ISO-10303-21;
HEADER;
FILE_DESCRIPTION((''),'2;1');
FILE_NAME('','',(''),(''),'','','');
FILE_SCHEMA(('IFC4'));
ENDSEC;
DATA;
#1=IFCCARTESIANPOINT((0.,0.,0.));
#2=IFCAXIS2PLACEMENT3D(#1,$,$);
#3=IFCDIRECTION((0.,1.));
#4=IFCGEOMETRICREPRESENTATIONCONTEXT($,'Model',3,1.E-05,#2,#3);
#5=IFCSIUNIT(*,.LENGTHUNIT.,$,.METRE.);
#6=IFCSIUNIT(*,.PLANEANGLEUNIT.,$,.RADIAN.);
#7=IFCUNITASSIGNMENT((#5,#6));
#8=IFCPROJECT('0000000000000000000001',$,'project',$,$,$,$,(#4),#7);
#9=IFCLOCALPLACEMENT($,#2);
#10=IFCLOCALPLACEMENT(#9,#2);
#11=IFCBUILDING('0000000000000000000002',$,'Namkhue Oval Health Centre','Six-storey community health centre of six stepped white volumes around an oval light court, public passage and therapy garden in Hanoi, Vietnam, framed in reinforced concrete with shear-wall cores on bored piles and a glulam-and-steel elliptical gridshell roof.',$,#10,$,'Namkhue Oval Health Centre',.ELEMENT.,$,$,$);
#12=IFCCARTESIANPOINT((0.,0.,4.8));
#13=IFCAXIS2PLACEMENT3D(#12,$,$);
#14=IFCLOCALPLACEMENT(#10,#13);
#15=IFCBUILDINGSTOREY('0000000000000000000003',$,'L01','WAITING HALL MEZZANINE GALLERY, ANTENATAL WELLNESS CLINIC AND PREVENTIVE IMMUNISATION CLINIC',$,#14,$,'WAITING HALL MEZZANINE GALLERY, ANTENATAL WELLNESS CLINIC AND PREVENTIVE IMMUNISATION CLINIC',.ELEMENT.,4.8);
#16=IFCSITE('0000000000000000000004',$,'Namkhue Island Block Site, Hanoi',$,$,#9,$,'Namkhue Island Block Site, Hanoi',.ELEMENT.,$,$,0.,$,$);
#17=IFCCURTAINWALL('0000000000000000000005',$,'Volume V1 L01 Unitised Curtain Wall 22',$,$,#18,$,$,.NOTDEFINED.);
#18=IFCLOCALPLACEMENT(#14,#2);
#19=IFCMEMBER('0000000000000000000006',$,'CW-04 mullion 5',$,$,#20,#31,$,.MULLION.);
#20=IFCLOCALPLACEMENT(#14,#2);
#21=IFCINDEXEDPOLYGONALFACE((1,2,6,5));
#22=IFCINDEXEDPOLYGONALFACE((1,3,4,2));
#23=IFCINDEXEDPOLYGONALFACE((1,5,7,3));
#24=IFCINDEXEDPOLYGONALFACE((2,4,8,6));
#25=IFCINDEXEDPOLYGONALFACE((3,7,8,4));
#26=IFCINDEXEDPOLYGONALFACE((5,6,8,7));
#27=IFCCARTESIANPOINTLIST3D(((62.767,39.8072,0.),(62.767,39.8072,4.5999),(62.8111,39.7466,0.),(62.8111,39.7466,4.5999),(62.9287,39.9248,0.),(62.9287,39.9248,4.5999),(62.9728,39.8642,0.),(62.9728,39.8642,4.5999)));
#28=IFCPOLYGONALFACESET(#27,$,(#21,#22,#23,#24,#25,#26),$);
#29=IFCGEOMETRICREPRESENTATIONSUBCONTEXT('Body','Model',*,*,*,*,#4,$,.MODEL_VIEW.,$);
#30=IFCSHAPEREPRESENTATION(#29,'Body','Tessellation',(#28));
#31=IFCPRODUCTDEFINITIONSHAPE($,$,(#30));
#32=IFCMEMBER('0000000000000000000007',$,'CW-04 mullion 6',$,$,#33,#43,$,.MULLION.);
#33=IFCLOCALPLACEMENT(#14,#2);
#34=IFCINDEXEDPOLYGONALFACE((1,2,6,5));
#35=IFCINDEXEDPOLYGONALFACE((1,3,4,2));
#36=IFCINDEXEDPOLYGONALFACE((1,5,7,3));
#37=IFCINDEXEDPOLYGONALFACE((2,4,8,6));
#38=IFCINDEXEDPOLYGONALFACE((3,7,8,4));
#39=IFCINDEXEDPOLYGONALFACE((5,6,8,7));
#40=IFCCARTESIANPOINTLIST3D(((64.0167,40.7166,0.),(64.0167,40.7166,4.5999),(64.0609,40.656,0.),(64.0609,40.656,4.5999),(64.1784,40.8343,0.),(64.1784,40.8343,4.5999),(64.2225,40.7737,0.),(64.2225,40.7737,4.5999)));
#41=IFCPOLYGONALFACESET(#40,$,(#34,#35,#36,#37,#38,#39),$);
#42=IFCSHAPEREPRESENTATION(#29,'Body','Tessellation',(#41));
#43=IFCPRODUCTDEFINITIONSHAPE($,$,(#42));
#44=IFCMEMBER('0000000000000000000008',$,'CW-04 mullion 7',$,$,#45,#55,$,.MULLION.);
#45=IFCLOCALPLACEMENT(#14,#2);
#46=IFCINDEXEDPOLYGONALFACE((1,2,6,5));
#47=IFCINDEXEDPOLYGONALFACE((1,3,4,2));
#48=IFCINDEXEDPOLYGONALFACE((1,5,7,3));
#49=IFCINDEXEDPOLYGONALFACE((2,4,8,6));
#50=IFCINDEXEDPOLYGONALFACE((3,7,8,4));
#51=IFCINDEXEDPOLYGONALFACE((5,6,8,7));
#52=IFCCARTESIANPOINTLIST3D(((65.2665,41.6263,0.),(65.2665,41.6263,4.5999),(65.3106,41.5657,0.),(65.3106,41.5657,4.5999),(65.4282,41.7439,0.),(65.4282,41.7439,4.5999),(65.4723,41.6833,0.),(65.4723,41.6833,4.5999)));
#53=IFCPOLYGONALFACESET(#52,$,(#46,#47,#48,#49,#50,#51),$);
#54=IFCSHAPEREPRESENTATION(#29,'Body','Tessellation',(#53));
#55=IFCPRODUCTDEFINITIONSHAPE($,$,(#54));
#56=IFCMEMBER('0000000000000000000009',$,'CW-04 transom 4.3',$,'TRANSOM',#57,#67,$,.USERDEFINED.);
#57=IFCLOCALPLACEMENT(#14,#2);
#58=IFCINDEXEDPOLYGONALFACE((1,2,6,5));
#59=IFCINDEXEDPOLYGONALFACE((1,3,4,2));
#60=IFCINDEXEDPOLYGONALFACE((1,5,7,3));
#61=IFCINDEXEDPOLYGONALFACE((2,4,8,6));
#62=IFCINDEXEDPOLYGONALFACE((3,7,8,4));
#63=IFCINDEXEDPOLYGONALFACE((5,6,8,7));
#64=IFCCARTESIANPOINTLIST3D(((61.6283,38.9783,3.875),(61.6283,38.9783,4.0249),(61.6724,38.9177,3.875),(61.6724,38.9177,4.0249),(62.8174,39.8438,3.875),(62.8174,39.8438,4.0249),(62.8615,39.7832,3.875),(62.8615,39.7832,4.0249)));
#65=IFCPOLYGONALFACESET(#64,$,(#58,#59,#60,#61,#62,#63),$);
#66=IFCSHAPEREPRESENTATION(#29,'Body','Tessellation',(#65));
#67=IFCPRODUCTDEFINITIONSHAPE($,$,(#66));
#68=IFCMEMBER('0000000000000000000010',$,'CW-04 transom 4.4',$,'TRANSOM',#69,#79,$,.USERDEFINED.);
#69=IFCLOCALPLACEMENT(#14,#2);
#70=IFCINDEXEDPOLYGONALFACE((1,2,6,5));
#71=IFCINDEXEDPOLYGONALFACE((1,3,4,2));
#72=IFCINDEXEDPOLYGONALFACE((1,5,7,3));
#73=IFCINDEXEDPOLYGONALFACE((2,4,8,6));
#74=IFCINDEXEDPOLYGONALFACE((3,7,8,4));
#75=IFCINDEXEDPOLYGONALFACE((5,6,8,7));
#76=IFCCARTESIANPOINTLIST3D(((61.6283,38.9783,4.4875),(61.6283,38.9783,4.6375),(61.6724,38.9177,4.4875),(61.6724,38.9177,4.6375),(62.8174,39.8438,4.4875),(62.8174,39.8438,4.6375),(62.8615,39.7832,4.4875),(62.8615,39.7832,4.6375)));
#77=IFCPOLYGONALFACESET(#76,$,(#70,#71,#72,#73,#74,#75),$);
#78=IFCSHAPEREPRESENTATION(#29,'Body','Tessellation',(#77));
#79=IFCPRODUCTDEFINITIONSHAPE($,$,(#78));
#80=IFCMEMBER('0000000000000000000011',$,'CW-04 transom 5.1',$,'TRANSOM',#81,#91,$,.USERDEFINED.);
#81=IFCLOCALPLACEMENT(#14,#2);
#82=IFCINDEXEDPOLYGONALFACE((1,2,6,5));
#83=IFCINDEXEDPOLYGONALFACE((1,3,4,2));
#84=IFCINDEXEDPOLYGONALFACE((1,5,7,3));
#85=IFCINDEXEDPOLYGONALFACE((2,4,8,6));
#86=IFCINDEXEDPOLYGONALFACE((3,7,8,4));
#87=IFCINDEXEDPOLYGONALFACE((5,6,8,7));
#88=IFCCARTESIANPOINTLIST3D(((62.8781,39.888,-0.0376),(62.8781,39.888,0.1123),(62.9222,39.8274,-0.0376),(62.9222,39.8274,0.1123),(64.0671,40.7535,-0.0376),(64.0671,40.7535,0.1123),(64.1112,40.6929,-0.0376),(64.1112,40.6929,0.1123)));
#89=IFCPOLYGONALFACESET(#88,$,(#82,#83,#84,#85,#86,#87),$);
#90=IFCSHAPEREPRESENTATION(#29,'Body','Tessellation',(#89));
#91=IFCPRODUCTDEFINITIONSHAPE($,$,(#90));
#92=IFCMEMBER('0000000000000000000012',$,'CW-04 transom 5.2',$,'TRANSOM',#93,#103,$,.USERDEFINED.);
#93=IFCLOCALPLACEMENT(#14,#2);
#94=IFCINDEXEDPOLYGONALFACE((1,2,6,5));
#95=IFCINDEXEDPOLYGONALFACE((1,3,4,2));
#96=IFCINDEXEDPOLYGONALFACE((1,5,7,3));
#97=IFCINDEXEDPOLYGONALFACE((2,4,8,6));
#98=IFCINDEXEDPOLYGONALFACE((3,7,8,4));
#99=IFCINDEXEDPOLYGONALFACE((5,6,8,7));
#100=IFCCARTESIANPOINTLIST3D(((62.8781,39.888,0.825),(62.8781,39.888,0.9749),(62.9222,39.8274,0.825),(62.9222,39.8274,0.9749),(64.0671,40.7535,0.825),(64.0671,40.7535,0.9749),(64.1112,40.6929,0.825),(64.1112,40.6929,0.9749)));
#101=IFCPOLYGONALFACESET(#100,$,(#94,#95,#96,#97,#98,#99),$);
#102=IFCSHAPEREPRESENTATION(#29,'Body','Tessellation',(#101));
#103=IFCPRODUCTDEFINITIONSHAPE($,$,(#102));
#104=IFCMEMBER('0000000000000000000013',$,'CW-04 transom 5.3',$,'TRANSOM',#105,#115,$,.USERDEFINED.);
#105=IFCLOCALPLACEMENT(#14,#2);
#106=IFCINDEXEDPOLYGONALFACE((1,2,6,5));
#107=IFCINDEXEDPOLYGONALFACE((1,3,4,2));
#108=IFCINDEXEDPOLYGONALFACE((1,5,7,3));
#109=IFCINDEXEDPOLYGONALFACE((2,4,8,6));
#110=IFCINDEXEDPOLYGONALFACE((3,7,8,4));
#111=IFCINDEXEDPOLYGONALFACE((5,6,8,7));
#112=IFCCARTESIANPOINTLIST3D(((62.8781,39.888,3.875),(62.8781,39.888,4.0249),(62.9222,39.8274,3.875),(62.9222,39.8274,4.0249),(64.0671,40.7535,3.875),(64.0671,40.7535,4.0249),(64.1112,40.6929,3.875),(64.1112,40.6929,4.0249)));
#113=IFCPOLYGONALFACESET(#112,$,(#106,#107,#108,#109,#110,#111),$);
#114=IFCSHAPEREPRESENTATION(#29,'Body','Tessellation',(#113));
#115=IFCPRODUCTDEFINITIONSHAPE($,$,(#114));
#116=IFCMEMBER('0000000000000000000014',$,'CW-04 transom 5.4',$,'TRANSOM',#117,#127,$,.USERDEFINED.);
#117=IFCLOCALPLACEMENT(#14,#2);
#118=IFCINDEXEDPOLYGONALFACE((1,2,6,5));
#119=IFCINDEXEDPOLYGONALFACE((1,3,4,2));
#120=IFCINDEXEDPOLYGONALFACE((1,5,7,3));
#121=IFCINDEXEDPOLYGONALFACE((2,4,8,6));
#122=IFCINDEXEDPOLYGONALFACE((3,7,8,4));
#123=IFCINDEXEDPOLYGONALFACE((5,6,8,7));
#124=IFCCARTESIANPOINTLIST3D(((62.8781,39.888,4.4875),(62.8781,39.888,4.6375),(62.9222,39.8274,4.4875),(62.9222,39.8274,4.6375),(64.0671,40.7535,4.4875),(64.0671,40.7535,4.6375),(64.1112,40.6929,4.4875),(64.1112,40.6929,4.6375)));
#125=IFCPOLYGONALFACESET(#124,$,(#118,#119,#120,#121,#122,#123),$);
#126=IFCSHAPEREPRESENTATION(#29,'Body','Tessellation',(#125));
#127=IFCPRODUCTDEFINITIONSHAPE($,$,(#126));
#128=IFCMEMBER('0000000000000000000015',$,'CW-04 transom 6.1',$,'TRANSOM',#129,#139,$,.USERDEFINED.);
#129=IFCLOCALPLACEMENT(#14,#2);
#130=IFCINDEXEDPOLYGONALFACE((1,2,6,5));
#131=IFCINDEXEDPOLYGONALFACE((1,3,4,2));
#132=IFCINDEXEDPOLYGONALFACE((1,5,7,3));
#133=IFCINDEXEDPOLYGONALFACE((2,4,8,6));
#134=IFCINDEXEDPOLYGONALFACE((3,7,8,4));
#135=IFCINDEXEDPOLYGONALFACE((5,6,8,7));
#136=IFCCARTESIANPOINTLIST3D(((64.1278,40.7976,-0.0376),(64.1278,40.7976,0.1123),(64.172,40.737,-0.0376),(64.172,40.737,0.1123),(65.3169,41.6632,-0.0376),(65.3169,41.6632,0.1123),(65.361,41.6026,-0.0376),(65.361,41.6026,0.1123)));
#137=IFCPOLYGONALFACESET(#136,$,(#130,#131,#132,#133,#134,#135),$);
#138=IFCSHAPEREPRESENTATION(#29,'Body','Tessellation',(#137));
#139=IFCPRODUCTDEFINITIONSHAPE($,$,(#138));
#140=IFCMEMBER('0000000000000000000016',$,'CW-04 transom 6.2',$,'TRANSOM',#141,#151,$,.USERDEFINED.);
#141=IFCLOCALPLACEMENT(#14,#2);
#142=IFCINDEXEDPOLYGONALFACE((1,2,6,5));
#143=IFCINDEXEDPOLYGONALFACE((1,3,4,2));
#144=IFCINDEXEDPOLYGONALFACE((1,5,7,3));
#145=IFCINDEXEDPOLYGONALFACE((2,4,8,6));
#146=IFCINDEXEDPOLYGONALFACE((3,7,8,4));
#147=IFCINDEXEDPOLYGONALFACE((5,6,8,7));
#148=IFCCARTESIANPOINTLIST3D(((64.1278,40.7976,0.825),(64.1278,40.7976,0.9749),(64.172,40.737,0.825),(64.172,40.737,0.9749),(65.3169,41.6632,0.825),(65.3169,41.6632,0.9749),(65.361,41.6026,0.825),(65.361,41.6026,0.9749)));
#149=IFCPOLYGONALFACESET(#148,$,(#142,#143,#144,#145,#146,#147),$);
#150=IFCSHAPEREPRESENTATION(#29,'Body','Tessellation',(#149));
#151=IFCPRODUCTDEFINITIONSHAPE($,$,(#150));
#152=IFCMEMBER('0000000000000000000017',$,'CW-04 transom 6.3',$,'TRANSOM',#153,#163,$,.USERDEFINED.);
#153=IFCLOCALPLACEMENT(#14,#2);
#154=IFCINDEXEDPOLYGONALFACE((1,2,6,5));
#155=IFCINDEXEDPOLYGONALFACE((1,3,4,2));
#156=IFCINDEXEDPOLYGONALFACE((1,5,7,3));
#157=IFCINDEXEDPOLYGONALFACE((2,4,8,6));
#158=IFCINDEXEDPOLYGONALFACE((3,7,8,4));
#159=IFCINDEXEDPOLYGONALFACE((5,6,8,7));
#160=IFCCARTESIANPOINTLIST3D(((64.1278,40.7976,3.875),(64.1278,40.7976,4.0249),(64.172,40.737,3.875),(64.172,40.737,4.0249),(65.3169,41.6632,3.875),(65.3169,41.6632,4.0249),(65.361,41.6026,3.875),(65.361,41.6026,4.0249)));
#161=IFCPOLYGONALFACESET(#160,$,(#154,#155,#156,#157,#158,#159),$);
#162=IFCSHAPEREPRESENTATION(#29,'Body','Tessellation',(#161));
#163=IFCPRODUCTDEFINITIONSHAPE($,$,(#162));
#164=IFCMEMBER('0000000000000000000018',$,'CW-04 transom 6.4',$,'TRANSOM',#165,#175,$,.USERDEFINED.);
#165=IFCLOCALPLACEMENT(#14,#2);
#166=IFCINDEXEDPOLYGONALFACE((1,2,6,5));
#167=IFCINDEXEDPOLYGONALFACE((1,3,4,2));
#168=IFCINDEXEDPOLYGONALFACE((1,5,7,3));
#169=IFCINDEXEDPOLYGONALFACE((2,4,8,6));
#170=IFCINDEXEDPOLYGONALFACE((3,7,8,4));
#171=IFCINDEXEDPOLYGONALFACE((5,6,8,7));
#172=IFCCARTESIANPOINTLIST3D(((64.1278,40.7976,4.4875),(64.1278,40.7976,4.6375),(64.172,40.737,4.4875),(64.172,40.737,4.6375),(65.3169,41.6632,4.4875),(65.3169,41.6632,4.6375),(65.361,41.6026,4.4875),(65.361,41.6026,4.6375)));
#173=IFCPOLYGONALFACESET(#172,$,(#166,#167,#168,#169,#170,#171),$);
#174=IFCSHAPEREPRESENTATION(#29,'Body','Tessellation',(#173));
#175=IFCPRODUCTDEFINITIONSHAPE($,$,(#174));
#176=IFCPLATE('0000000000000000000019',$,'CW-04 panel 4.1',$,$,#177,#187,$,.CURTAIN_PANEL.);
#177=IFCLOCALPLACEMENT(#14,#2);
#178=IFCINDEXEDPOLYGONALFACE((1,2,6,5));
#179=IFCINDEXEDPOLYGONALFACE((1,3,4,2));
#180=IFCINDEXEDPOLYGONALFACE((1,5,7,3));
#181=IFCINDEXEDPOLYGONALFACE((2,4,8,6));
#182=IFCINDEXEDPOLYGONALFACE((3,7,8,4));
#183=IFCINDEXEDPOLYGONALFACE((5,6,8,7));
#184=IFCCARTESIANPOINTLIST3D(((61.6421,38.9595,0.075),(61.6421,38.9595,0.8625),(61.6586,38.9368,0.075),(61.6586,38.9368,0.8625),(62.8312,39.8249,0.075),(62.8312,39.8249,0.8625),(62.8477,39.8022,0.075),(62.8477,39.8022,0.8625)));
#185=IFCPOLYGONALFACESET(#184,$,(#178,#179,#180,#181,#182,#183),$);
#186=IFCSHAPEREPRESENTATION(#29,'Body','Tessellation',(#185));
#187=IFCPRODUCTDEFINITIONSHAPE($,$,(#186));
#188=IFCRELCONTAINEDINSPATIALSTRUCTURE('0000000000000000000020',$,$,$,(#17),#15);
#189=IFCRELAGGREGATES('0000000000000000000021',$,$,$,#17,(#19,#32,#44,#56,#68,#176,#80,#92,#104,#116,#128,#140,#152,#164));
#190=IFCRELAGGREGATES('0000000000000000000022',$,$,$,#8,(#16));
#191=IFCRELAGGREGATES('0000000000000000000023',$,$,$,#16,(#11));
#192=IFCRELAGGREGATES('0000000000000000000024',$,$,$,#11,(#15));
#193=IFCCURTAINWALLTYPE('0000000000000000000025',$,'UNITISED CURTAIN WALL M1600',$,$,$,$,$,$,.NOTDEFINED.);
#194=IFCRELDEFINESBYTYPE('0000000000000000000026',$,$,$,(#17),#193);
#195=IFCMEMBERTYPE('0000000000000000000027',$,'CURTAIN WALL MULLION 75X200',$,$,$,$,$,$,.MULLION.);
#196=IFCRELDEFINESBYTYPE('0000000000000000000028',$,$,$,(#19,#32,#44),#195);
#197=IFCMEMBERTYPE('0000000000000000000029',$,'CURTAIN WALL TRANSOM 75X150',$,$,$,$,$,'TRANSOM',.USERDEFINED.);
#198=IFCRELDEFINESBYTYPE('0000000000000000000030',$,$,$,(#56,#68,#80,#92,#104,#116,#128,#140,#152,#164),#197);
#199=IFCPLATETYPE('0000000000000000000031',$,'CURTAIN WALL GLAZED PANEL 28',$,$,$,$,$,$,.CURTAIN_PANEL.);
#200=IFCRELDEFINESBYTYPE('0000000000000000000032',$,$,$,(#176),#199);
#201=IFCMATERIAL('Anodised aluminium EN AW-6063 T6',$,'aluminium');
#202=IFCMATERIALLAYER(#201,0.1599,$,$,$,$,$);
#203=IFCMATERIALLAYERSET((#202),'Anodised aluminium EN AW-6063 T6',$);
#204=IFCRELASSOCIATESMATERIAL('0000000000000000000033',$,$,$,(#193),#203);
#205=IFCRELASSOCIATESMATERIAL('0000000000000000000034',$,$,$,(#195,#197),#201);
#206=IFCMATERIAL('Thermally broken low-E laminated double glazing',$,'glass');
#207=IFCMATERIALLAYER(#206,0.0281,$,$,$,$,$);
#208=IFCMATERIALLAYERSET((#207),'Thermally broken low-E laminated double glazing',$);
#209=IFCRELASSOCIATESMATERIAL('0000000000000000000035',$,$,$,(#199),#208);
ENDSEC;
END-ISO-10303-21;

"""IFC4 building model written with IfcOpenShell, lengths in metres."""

from ifc_helpers import new_model, si_unit, direction, frame, origin, origin_2d, place, context, subcontext, project, spatial, rectangle, extrude, material, layer, layer_set, material_profile, profile_set, type_object, element, aggregate, save


model = new_model("IFC4")

# Units and contexts
model_context = context("Model", 3, precision=1e-05, world=origin(), true_north=direction((0.0, 1.0)))
body_context = subcontext(model_context, "Body", "Model", "MODEL_VIEW")
ifc_project = project(units=[si_unit("LENGTHUNIT", "METRE"), si_unit("PLANEANGLEUNIT", "RADIAN")], contexts=[model_context])

# Site, building, storey
site_placement = place(None, origin())
site = spatial("IfcSite", under=ifc_project, at=site_placement, Name="Namkhue Island Block Site, Hanoi", LongName="Namkhue Island Block Site, Hanoi", CompositionType="ELEMENT", RefElevation=0.0)
building_placement = place(site_placement, origin())
building = spatial("IfcBuilding", under=site, at=building_placement, Name="Namkhue Oval Health Centre", Description="Six-storey community health centre of six stepped white volumes around an oval light court, public passage and therapy garden in Hanoi, Vietnam, framed in reinforced concrete with shear-wall cores on bored piles and a glulam-and-steel elliptical gridshell roof.", LongName="Namkhue Oval Health Centre", CompositionType="ELEMENT")
storey_placement = place(building_placement, frame((0.0, 0.0, 4.8)))
storey = spatial("IfcBuildingStorey", under=building, at=storey_placement, Name="L01", Description="WAITING HALL MEZZANINE GALLERY, ANTENATAL WELLNESS CLINIC AND PREVENTIVE IMMUNISATION CLINIC", LongName="WAITING HALL MEZZANINE GALLERY, ANTENATAL WELLNESS CLINIC AND PREVENTIVE IMMUNISATION CLINIC", CompositionType="ELEMENT", Elevation=4.8)

# Curtain wall, members, plate
ifc_material_1 = material(Name="Anodised aluminium EN AW-6063 T6", Category="aluminium")
ifc_layer_1 = layer(ifc_material_1, 0.1599)
ifc_layer_set_1 = layer_set([ifc_layer_1], Name="Anodised aluminium EN AW-6063 T6")
curtain_wall_type = type_object("IfcCurtainWallType", Name="UNITISED CURTAIN WALL M1600", PredefinedType="NOTDEFINED", material=ifc_layer_set_1)
curtain_wall_placement = place(storey_placement, origin())
curtain_wall = element("IfcCurtainWall", 1, at=curtain_wall_placement, inside=storey, type_object=curtain_wall_type, Name="Volume V1 L01 Unitised Curtain Wall 22", PredefinedType="NOTDEFINED")
ifc_material_profile_1 = material_profile(ifc_material_1, rectangle(XDim=0.075, YDim=0.2, at=origin_2d()), Name="ALU 75x200")
ifc_profile_set_1 = profile_set([ifc_material_profile_1], Name="Anodised aluminium EN AW-6063 T6")
member_type_1 = type_object("IfcMemberType", Name="CURTAIN WALL MULLION 75X200", PredefinedType="MULLION", material=ifc_profile_set_1)
member_1_placement = place(storey_placement, frame((62.8699, 39.8357, 0.0), z_axis=(0.0, 0.0, 1.0), x_axis=(-0.588477, 0.808514, 0.0)))
member_1 = element("IfcMember", 2, at=member_1_placement, type_object=member_type_1, Name="CW-04 mullion 5", PredefinedType="MULLION", context=body_context, shape_type="SweptSolid", body=[
    extrude(rectangle(XDim=0.075, YDim=0.2, at=origin_2d()), origin(), (0.0, 0.0, 1.0), 4.5999),
])
member_2_placement = place(storey_placement, frame((64.1196, 40.7451, 0.0), z_axis=(0.0, 0.0, 1.0), x_axis=(-0.588477, 0.808514, 0.0)))
member_2 = element("IfcMember", 3, at=member_2_placement, type_object=member_type_1, Name="CW-04 mullion 6", PredefinedType="MULLION", context=body_context, shape_type="SweptSolid", body=[
    extrude(rectangle(XDim=0.075, YDim=0.2, at=origin_2d()), origin(), (0.0, 0.0, 1.0), 4.5999),
])
member_3_placement = place(storey_placement, frame((65.3694, 41.6548, 0.0), z_axis=(0.0, 0.0, 1.0), x_axis=(-0.588477, 0.808514, 0.0)))
member_3 = element("IfcMember", 4, at=member_3_placement, type_object=member_type_1, Name="CW-04 mullion 7", PredefinedType="MULLION", context=body_context, shape_type="SweptSolid", body=[
    extrude(rectangle(XDim=0.075, YDim=0.2, at=origin_2d()), origin(), (0.0, 0.0, 1.0), 4.5999),
])
ifc_material_profile_2 = material_profile(ifc_material_1, rectangle(XDim=0.075, YDim=0.1499, at=origin_2d()), Name="ALU 75x150")
ifc_profile_set_2 = profile_set([ifc_material_profile_2], Name="Anodised aluminium EN AW-6063 T6")
member_type_2 = type_object("IfcMemberType", Name="CURTAIN WALL TRANSOM 75X150", ElementType="TRANSOM", PredefinedType="USERDEFINED", material=ifc_profile_set_2)
member_4_placement = place(storey_placement, frame((61.6504, 38.948, 3.95), z_axis=(0.808485, 0.588517, 0.0), x_axis=(-0.588517, 0.808485, 0.0)))
member_4 = element("IfcMember", 5, at=member_4_placement, type_object=member_type_2, Name="CW-04 transom 4.3", ObjectType="TRANSOM", PredefinedType="USERDEFINED", context=body_context, shape_type="SweptSolid", body=[
    extrude(rectangle(XDim=0.075, YDim=0.1499, at=origin_2d()), origin(), (0.0, 0.0, 1.0), 1.4707),
])
member_5_placement = place(storey_placement, frame((61.6504, 38.948, 4.5625), z_axis=(0.808485, 0.588517, 0.0), x_axis=(-0.588517, 0.808485, 0.0)))
member_5 = element("IfcMember", 6, at=member_5_placement, type_object=member_type_2, Name="CW-04 transom 4.4", ObjectType="TRANSOM", PredefinedType="USERDEFINED", context=body_context, shape_type="SweptSolid", body=[
    extrude(rectangle(XDim=0.075, YDim=0.1499, at=origin_2d()), origin(), (0.0, 0.0, 1.0), 1.4707),
])
member_6_placement = place(storey_placement, frame((62.9001, 39.8577, 0.0374), z_axis=(0.808485, 0.588517, 0.0), x_axis=(-0.588517, 0.808485, 0.0)))
member_6 = element("IfcMember", 7, at=member_6_placement, type_object=member_type_2, Name="CW-04 transom 5.1", ObjectType="TRANSOM", PredefinedType="USERDEFINED", context=body_context, shape_type="SweptSolid", body=[
    extrude(rectangle(XDim=0.075, YDim=0.1499, at=origin_2d()), origin(), (0.0, 0.0, 1.0), 1.4707),
])
member_7_placement = place(storey_placement, frame((62.9001, 39.8577, 0.8999), z_axis=(0.808485, 0.588517, 0.0), x_axis=(-0.588517, 0.808485, 0.0)))
member_7 = element("IfcMember", 8, at=member_7_placement, type_object=member_type_2, Name="CW-04 transom 5.2", ObjectType="TRANSOM", PredefinedType="USERDEFINED", context=body_context, shape_type="SweptSolid", body=[
    extrude(rectangle(XDim=0.075, YDim=0.1499, at=origin_2d()), origin(), (0.0, 0.0, 1.0), 1.4707),
])
member_8_placement = place(storey_placement, frame((62.9001, 39.8577, 3.95), z_axis=(0.808485, 0.588517, 0.0), x_axis=(-0.588517, 0.808485, 0.0)))
member_8 = element("IfcMember", 9, at=member_8_placement, type_object=member_type_2, Name="CW-04 transom 5.3", ObjectType="TRANSOM", PredefinedType="USERDEFINED", context=body_context, shape_type="SweptSolid", body=[
    extrude(rectangle(XDim=0.075, YDim=0.1499, at=origin_2d()), origin(), (0.0, 0.0, 1.0), 1.4707),
])
member_9_placement = place(storey_placement, frame((62.9001, 39.8577, 4.5625), z_axis=(0.808485, 0.588517, 0.0), x_axis=(-0.588517, 0.808485, 0.0)))
member_9 = element("IfcMember", 10, at=member_9_placement, type_object=member_type_2, Name="CW-04 transom 5.4", ObjectType="TRANSOM", PredefinedType="USERDEFINED", context=body_context, shape_type="SweptSolid", body=[
    extrude(rectangle(XDim=0.075, YDim=0.1499, at=origin_2d()), origin(), (0.0, 0.0, 1.0), 1.4707),
])
member_10_placement = place(storey_placement, frame((64.1499, 40.7673, 0.0374), z_axis=(0.808485, 0.588517, 0.0), x_axis=(-0.588517, 0.808485, 0.0)))
member_10 = element("IfcMember", 11, at=member_10_placement, type_object=member_type_2, Name="CW-04 transom 6.1", ObjectType="TRANSOM", PredefinedType="USERDEFINED", context=body_context, shape_type="SweptSolid", body=[
    extrude(rectangle(XDim=0.075, YDim=0.1499, at=origin_2d()), origin(), (0.0, 0.0, 1.0), 1.4707),
])
member_11_placement = place(storey_placement, frame((64.1499, 40.7673, 0.8999), z_axis=(0.808485, 0.588517, 0.0), x_axis=(-0.588517, 0.808485, 0.0)))
member_11 = element("IfcMember", 12, at=member_11_placement, type_object=member_type_2, Name="CW-04 transom 6.2", ObjectType="TRANSOM", PredefinedType="USERDEFINED", context=body_context, shape_type="SweptSolid", body=[
    extrude(rectangle(XDim=0.075, YDim=0.1499, at=origin_2d()), origin(), (0.0, 0.0, 1.0), 1.4707),
])
member_12_placement = place(storey_placement, frame((64.1499, 40.7673, 3.95), z_axis=(0.808485, 0.588517, 0.0), x_axis=(-0.588517, 0.808485, 0.0)))
member_12 = element("IfcMember", 13, at=member_12_placement, type_object=member_type_2, Name="CW-04 transom 6.3", ObjectType="TRANSOM", PredefinedType="USERDEFINED", context=body_context, shape_type="SweptSolid", body=[
    extrude(rectangle(XDim=0.075, YDim=0.1499, at=origin_2d()), origin(), (0.0, 0.0, 1.0), 1.4707),
])
member_13_placement = place(storey_placement, frame((64.1499, 40.7673, 4.5625), z_axis=(0.808485, 0.588517, 0.0), x_axis=(-0.588517, 0.808485, 0.0)))
member_13 = element("IfcMember", 14, at=member_13_placement, type_object=member_type_2, Name="CW-04 transom 6.4", ObjectType="TRANSOM", PredefinedType="USERDEFINED", context=body_context, shape_type="SweptSolid", body=[
    extrude(rectangle(XDim=0.075, YDim=0.1499, at=origin_2d()), origin(), (0.0, 0.0, 1.0), 1.4707),
])
ifc_material_2 = material(Name="Thermally broken low-E laminated double glazing", Category="glass")
ifc_layer_2 = layer(ifc_material_2, 0.0281)
ifc_layer_set_2 = layer_set([ifc_layer_2], Name="Thermally broken low-E laminated double glazing")
plate_type = type_object("IfcPlateType", Name="CURTAIN WALL GLAZED PANEL 28", PredefinedType="CURTAIN_PANEL", material=ifc_layer_set_2)
plate_1_placement = place(storey_placement, frame((62.2449, 39.3809, 0.075), z_axis=(0.0, 0.0, 1.0), x_axis=(0.808514, 0.588477, 0.0)))
plate_1 = element("IfcPlate", 15, at=plate_1_placement, type_object=plate_type, Name="CW-04 panel 4.1", PredefinedType="CURTAIN_PANEL", context=body_context, shape_type="SweptSolid", body=[
    extrude(rectangle(XDim=1.4707, YDim=0.0281, at=origin_2d()), origin(), (0.0, 0.0, 1.0), 0.7876),
])
aggregate(curtain_wall, [member_1, member_2, member_3, member_4, member_5, plate_1, member_6, member_7, member_8, member_9, member_10, member_11, member_12, member_13])

save(model, "model.ifc")
